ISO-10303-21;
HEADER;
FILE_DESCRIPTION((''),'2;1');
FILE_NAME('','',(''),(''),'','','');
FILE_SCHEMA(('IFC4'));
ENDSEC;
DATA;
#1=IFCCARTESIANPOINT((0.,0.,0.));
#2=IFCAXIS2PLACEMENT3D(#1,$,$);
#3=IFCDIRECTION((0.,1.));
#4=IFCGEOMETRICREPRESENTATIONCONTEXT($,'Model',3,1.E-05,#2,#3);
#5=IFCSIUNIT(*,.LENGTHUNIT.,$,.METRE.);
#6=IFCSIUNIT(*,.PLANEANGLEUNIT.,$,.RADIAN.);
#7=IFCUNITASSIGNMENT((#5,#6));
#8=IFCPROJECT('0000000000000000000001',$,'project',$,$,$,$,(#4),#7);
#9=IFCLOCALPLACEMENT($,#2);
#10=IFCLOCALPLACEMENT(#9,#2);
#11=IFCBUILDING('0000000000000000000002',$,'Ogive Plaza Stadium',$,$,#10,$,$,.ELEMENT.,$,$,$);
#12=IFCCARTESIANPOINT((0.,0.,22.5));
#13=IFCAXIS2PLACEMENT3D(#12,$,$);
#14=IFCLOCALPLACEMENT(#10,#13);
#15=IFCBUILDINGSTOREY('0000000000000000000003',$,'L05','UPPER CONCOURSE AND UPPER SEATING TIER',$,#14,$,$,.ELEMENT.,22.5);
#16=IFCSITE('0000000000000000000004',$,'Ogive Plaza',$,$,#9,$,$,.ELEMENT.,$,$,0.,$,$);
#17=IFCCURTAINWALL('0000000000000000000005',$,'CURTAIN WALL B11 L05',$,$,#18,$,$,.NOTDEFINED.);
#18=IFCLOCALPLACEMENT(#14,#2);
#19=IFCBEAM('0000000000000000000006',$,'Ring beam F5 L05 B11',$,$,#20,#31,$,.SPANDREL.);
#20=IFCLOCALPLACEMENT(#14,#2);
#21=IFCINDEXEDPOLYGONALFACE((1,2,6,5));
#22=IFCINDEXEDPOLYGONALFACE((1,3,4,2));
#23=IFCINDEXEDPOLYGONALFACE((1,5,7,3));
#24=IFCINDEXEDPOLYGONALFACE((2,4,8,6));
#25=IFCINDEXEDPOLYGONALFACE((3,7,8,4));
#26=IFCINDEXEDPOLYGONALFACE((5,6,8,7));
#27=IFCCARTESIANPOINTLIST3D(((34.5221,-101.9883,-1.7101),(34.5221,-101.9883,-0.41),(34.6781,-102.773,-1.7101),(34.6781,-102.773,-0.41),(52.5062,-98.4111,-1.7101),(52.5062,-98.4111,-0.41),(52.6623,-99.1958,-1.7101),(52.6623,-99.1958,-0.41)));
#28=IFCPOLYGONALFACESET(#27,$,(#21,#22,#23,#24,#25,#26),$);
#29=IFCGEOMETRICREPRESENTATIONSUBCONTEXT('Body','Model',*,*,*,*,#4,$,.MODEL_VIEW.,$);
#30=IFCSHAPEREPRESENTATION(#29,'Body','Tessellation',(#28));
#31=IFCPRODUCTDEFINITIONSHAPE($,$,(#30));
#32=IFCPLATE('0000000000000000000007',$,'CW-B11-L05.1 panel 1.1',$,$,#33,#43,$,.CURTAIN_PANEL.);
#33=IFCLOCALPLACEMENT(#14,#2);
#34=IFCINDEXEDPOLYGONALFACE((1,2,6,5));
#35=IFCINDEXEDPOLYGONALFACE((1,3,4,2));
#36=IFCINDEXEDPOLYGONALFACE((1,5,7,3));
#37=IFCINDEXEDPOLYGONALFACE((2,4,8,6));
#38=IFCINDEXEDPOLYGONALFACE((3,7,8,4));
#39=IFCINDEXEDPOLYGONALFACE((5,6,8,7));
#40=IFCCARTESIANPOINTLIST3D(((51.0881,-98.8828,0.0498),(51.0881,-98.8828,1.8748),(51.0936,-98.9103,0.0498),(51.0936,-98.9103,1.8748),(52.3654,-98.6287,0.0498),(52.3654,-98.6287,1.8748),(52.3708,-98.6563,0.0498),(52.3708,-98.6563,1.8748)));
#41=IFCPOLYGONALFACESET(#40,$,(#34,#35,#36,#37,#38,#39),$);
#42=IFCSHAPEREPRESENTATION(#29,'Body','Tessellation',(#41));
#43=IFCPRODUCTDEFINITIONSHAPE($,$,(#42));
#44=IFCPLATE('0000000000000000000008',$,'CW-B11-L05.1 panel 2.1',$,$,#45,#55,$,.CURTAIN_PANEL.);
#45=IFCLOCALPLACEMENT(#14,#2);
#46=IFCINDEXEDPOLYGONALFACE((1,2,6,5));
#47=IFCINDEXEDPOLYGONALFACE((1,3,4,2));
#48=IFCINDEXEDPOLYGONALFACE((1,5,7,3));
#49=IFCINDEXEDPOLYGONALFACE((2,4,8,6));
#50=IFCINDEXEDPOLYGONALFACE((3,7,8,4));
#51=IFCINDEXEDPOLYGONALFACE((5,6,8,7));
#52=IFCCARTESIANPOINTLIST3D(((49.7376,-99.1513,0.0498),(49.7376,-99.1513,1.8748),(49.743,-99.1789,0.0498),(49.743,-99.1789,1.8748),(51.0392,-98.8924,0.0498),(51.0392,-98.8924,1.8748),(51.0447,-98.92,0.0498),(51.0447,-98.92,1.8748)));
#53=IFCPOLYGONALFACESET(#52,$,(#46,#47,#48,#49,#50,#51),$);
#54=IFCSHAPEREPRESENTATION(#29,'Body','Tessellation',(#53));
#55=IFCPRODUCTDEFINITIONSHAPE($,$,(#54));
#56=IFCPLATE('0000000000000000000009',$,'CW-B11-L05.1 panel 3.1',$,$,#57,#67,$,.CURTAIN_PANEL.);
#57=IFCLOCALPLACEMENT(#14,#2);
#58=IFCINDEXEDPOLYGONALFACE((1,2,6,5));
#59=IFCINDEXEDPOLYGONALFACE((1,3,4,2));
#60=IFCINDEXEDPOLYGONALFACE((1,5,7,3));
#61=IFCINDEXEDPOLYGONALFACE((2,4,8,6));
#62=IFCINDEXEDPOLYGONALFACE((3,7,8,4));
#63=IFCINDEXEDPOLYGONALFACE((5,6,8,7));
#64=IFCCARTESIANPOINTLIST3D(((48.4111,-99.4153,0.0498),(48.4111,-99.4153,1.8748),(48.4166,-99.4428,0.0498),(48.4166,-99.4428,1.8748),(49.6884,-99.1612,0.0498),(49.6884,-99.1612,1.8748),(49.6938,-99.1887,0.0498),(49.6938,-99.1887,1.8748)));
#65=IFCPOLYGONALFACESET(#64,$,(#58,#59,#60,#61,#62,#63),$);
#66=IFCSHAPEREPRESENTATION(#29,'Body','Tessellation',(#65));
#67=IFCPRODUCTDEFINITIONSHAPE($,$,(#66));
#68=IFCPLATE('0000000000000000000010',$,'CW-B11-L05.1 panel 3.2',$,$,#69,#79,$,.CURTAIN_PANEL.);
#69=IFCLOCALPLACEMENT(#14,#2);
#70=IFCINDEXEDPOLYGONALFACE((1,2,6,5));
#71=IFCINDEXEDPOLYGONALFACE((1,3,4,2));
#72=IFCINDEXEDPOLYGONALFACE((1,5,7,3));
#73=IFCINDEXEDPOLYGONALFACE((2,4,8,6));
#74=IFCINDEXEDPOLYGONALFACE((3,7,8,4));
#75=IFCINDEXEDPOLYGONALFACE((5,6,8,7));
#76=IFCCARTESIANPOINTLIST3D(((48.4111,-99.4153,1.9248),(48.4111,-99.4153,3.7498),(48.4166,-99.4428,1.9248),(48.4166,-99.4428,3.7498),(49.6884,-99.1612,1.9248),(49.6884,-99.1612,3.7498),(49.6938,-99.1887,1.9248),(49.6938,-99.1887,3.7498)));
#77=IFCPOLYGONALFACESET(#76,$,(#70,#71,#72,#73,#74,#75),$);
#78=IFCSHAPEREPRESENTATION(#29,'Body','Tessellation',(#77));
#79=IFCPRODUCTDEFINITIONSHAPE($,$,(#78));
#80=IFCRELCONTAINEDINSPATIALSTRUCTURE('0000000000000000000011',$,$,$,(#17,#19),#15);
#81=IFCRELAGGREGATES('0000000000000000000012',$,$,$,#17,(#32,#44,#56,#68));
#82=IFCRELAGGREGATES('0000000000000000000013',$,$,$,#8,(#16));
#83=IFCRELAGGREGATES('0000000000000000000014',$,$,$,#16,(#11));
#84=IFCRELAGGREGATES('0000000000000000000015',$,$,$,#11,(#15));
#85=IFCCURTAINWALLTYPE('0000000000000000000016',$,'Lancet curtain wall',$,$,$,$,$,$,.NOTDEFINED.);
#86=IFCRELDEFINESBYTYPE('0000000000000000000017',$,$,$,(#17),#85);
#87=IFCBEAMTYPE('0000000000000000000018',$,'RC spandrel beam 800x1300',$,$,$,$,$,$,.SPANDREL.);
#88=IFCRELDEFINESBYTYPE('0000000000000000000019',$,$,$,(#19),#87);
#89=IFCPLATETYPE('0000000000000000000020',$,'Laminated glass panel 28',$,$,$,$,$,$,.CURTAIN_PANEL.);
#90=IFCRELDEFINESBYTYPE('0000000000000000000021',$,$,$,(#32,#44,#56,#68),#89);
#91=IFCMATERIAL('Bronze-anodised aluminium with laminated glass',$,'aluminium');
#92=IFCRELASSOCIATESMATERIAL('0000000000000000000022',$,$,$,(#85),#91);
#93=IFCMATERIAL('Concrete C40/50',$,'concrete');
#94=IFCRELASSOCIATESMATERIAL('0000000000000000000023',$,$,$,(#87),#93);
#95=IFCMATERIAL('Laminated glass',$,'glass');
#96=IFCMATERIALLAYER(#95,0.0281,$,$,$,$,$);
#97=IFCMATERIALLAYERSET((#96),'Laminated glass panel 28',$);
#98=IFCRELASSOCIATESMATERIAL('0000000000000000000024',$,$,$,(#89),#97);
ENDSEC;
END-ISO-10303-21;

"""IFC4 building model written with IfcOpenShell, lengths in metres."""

from ifc_helpers import new_model, si_unit, direction, frame, origin, origin_2d, place, context, subcontext, project, spatial, rectangle, extrude, material, layer, layer_set, material_profile, profile_set, type_object, element, aggregate, save


model = new_model("IFC4")

# Units and contexts
model_context = context("Model", 3, precision=1e-05, world=origin(), true_north=direction((0.0, 1.0)))
body_context = subcontext(model_context, "Body", "Model", "MODEL_VIEW")
ifc_project = project(units=[si_unit("LENGTHUNIT", "METRE"), si_unit("PLANEANGLEUNIT", "RADIAN")], contexts=[model_context])

# Site, building, storey
site_placement = place(None, origin())
site = spatial("IfcSite", under=ifc_project, at=site_placement, Name="Ogive Plaza", CompositionType="ELEMENT", RefElevation=0.0)
building_placement = place(site_placement, origin())
building = spatial("IfcBuilding", under=site, at=building_placement, Name="Ogive Plaza Stadium", CompositionType="ELEMENT")
storey_placement = place(building_placement, frame((0.0, 0.0, 22.5)))
storey = spatial("IfcBuildingStorey", under=building, at=storey_placement, Name="L05", Description="UPPER CONCOURSE AND UPPER SEATING TIER", CompositionType="ELEMENT", Elevation=22.5)

# Curtain wall
ifc_material_1 = material(Name="Bronze-anodised aluminium with laminated glass", Category="aluminium")
curtain_wall_type = type_object("IfcCurtainWallType", Name="Lancet curtain wall", PredefinedType="NOTDEFINED", material=ifc_material_1)
curtain_wall_1_placement = place(storey_placement, origin())
curtain_wall_1 = element("IfcCurtainWall", 1, at=curtain_wall_1_placement, inside=storey, type_object=curtain_wall_type, Name="CURTAIN WALL B11 L05", PredefinedType="NOTDEFINED")

# Beam
ifc_material_2 = material(Name="Concrete C40/50", Category="concrete")
ifc_material_profile_1 = material_profile(ifc_material_2, rectangle(XDim=0.8, YDim=1.3, at=origin_2d()), Name="RC 800x1300")
ifc_profile_set_1 = profile_set([ifc_material_profile_1], Name="Concrete C40/50")
beam_type = type_object("IfcBeamType", Name="RC spandrel beam 800x1300", PredefinedType="SPANDREL", material=ifc_profile_set_1)
beam_placement = place(storey_placement, frame((52.5842, -98.8035, -1.0601), z_axis=(-0.980787, -0.195084, 0.0), x_axis=(0.195084, -0.980787, 0.0)))
element("IfcBeam", 2, at=beam_placement, inside=storey, type_object=beam_type, Name="Ring beam F5 L05 B11", PredefinedType="SPANDREL", context=body_context, shape_type="SweptSolid", body=[
    extrude(rectangle(XDim=0.8, YDim=1.3, at=origin_2d()), origin(), (0.0, 0.0, 1.0), 18.3364),
])

# Plates
ifc_material_3 = material(Name="Laminated glass", Category="glass")
ifc_layer = layer(ifc_material_3, 0.0281)
ifc_layer_set = layer_set([ifc_layer], Name="Laminated glass panel 28")
plate_type = type_object("IfcPlateType", Name="Laminated glass panel 28", PredefinedType="CURTAIN_PANEL", material=ifc_layer_set)
plate_1_placement = place(storey_placement, frame((51.7295, -98.7695, 0.0498), z_axis=(0.0, 0.0, 1.0), x_axis=(-0.980785, -0.19509, 0.0)))
plate_1 = element("IfcPlate", 3, at=plate_1_placement, type_object=plate_type, Name="CW-B11-L05.1 panel 1.1", PredefinedType="CURTAIN_PANEL", context=body_context, shape_type="SweptSolid", body=[
    extrude(rectangle(XDim=1.3022, YDim=0.0281, at=origin_2d()), origin(), (0.0, 0.0, 1.0), 1.825),
])
plate_2_placement = place(storey_placement, frame((50.3911, -99.0356, 0.0498), z_axis=(0.0, 0.0, 1.0), x_axis=(-0.980785, -0.19509, 0.0)))
plate_2 = element("IfcPlate", 4, at=plate_2_placement, type_object=plate_type, Name="CW-B11-L05.1 panel 2.1", PredefinedType="CURTAIN_PANEL", context=body_context, shape_type="SweptSolid", body=[
    extrude(rectangle(XDim=1.3271, YDim=0.0281, at=origin_2d()), origin(), (0.0, 0.0, 1.0), 1.825),
])
plate_3_placement = place(storey_placement, frame((49.0525, -99.302, 0.0498), z_axis=(0.0, 0.0, 1.0), x_axis=(-0.980785, -0.19509, 0.0)))
plate_3 = element("IfcPlate", 5, at=plate_3_placement, type_object=plate_type, Name="CW-B11-L05.1 panel 3.1", PredefinedType="CURTAIN_PANEL", context=body_context, shape_type="SweptSolid", body=[
    extrude(rectangle(XDim=1.3022, YDim=0.0281, at=origin_2d()), origin(), (0.0, 0.0, 1.0), 1.825),
])
plate_4_placement = place(storey_placement, frame((49.0525, -99.302, 1.9248), z_axis=(0.0, 0.0, 1.0), x_axis=(-0.980785, -0.19509, 0.0)))
plate_4 = element("IfcPlate", 6, at=plate_4_placement, type_object=plate_type, Name="CW-B11-L05.1 panel 3.2", PredefinedType="CURTAIN_PANEL", context=body_context, shape_type="SweptSolid", body=[
    extrude(rectangle(XDim=1.3022, YDim=0.0281, at=origin_2d()), origin(), (0.0, 0.0, 1.0), 1.825),
])
aggregate(curtain_wall_1, [plate_1, plate_2, plate_3, plate_4])

save(model, "model.ifc")
